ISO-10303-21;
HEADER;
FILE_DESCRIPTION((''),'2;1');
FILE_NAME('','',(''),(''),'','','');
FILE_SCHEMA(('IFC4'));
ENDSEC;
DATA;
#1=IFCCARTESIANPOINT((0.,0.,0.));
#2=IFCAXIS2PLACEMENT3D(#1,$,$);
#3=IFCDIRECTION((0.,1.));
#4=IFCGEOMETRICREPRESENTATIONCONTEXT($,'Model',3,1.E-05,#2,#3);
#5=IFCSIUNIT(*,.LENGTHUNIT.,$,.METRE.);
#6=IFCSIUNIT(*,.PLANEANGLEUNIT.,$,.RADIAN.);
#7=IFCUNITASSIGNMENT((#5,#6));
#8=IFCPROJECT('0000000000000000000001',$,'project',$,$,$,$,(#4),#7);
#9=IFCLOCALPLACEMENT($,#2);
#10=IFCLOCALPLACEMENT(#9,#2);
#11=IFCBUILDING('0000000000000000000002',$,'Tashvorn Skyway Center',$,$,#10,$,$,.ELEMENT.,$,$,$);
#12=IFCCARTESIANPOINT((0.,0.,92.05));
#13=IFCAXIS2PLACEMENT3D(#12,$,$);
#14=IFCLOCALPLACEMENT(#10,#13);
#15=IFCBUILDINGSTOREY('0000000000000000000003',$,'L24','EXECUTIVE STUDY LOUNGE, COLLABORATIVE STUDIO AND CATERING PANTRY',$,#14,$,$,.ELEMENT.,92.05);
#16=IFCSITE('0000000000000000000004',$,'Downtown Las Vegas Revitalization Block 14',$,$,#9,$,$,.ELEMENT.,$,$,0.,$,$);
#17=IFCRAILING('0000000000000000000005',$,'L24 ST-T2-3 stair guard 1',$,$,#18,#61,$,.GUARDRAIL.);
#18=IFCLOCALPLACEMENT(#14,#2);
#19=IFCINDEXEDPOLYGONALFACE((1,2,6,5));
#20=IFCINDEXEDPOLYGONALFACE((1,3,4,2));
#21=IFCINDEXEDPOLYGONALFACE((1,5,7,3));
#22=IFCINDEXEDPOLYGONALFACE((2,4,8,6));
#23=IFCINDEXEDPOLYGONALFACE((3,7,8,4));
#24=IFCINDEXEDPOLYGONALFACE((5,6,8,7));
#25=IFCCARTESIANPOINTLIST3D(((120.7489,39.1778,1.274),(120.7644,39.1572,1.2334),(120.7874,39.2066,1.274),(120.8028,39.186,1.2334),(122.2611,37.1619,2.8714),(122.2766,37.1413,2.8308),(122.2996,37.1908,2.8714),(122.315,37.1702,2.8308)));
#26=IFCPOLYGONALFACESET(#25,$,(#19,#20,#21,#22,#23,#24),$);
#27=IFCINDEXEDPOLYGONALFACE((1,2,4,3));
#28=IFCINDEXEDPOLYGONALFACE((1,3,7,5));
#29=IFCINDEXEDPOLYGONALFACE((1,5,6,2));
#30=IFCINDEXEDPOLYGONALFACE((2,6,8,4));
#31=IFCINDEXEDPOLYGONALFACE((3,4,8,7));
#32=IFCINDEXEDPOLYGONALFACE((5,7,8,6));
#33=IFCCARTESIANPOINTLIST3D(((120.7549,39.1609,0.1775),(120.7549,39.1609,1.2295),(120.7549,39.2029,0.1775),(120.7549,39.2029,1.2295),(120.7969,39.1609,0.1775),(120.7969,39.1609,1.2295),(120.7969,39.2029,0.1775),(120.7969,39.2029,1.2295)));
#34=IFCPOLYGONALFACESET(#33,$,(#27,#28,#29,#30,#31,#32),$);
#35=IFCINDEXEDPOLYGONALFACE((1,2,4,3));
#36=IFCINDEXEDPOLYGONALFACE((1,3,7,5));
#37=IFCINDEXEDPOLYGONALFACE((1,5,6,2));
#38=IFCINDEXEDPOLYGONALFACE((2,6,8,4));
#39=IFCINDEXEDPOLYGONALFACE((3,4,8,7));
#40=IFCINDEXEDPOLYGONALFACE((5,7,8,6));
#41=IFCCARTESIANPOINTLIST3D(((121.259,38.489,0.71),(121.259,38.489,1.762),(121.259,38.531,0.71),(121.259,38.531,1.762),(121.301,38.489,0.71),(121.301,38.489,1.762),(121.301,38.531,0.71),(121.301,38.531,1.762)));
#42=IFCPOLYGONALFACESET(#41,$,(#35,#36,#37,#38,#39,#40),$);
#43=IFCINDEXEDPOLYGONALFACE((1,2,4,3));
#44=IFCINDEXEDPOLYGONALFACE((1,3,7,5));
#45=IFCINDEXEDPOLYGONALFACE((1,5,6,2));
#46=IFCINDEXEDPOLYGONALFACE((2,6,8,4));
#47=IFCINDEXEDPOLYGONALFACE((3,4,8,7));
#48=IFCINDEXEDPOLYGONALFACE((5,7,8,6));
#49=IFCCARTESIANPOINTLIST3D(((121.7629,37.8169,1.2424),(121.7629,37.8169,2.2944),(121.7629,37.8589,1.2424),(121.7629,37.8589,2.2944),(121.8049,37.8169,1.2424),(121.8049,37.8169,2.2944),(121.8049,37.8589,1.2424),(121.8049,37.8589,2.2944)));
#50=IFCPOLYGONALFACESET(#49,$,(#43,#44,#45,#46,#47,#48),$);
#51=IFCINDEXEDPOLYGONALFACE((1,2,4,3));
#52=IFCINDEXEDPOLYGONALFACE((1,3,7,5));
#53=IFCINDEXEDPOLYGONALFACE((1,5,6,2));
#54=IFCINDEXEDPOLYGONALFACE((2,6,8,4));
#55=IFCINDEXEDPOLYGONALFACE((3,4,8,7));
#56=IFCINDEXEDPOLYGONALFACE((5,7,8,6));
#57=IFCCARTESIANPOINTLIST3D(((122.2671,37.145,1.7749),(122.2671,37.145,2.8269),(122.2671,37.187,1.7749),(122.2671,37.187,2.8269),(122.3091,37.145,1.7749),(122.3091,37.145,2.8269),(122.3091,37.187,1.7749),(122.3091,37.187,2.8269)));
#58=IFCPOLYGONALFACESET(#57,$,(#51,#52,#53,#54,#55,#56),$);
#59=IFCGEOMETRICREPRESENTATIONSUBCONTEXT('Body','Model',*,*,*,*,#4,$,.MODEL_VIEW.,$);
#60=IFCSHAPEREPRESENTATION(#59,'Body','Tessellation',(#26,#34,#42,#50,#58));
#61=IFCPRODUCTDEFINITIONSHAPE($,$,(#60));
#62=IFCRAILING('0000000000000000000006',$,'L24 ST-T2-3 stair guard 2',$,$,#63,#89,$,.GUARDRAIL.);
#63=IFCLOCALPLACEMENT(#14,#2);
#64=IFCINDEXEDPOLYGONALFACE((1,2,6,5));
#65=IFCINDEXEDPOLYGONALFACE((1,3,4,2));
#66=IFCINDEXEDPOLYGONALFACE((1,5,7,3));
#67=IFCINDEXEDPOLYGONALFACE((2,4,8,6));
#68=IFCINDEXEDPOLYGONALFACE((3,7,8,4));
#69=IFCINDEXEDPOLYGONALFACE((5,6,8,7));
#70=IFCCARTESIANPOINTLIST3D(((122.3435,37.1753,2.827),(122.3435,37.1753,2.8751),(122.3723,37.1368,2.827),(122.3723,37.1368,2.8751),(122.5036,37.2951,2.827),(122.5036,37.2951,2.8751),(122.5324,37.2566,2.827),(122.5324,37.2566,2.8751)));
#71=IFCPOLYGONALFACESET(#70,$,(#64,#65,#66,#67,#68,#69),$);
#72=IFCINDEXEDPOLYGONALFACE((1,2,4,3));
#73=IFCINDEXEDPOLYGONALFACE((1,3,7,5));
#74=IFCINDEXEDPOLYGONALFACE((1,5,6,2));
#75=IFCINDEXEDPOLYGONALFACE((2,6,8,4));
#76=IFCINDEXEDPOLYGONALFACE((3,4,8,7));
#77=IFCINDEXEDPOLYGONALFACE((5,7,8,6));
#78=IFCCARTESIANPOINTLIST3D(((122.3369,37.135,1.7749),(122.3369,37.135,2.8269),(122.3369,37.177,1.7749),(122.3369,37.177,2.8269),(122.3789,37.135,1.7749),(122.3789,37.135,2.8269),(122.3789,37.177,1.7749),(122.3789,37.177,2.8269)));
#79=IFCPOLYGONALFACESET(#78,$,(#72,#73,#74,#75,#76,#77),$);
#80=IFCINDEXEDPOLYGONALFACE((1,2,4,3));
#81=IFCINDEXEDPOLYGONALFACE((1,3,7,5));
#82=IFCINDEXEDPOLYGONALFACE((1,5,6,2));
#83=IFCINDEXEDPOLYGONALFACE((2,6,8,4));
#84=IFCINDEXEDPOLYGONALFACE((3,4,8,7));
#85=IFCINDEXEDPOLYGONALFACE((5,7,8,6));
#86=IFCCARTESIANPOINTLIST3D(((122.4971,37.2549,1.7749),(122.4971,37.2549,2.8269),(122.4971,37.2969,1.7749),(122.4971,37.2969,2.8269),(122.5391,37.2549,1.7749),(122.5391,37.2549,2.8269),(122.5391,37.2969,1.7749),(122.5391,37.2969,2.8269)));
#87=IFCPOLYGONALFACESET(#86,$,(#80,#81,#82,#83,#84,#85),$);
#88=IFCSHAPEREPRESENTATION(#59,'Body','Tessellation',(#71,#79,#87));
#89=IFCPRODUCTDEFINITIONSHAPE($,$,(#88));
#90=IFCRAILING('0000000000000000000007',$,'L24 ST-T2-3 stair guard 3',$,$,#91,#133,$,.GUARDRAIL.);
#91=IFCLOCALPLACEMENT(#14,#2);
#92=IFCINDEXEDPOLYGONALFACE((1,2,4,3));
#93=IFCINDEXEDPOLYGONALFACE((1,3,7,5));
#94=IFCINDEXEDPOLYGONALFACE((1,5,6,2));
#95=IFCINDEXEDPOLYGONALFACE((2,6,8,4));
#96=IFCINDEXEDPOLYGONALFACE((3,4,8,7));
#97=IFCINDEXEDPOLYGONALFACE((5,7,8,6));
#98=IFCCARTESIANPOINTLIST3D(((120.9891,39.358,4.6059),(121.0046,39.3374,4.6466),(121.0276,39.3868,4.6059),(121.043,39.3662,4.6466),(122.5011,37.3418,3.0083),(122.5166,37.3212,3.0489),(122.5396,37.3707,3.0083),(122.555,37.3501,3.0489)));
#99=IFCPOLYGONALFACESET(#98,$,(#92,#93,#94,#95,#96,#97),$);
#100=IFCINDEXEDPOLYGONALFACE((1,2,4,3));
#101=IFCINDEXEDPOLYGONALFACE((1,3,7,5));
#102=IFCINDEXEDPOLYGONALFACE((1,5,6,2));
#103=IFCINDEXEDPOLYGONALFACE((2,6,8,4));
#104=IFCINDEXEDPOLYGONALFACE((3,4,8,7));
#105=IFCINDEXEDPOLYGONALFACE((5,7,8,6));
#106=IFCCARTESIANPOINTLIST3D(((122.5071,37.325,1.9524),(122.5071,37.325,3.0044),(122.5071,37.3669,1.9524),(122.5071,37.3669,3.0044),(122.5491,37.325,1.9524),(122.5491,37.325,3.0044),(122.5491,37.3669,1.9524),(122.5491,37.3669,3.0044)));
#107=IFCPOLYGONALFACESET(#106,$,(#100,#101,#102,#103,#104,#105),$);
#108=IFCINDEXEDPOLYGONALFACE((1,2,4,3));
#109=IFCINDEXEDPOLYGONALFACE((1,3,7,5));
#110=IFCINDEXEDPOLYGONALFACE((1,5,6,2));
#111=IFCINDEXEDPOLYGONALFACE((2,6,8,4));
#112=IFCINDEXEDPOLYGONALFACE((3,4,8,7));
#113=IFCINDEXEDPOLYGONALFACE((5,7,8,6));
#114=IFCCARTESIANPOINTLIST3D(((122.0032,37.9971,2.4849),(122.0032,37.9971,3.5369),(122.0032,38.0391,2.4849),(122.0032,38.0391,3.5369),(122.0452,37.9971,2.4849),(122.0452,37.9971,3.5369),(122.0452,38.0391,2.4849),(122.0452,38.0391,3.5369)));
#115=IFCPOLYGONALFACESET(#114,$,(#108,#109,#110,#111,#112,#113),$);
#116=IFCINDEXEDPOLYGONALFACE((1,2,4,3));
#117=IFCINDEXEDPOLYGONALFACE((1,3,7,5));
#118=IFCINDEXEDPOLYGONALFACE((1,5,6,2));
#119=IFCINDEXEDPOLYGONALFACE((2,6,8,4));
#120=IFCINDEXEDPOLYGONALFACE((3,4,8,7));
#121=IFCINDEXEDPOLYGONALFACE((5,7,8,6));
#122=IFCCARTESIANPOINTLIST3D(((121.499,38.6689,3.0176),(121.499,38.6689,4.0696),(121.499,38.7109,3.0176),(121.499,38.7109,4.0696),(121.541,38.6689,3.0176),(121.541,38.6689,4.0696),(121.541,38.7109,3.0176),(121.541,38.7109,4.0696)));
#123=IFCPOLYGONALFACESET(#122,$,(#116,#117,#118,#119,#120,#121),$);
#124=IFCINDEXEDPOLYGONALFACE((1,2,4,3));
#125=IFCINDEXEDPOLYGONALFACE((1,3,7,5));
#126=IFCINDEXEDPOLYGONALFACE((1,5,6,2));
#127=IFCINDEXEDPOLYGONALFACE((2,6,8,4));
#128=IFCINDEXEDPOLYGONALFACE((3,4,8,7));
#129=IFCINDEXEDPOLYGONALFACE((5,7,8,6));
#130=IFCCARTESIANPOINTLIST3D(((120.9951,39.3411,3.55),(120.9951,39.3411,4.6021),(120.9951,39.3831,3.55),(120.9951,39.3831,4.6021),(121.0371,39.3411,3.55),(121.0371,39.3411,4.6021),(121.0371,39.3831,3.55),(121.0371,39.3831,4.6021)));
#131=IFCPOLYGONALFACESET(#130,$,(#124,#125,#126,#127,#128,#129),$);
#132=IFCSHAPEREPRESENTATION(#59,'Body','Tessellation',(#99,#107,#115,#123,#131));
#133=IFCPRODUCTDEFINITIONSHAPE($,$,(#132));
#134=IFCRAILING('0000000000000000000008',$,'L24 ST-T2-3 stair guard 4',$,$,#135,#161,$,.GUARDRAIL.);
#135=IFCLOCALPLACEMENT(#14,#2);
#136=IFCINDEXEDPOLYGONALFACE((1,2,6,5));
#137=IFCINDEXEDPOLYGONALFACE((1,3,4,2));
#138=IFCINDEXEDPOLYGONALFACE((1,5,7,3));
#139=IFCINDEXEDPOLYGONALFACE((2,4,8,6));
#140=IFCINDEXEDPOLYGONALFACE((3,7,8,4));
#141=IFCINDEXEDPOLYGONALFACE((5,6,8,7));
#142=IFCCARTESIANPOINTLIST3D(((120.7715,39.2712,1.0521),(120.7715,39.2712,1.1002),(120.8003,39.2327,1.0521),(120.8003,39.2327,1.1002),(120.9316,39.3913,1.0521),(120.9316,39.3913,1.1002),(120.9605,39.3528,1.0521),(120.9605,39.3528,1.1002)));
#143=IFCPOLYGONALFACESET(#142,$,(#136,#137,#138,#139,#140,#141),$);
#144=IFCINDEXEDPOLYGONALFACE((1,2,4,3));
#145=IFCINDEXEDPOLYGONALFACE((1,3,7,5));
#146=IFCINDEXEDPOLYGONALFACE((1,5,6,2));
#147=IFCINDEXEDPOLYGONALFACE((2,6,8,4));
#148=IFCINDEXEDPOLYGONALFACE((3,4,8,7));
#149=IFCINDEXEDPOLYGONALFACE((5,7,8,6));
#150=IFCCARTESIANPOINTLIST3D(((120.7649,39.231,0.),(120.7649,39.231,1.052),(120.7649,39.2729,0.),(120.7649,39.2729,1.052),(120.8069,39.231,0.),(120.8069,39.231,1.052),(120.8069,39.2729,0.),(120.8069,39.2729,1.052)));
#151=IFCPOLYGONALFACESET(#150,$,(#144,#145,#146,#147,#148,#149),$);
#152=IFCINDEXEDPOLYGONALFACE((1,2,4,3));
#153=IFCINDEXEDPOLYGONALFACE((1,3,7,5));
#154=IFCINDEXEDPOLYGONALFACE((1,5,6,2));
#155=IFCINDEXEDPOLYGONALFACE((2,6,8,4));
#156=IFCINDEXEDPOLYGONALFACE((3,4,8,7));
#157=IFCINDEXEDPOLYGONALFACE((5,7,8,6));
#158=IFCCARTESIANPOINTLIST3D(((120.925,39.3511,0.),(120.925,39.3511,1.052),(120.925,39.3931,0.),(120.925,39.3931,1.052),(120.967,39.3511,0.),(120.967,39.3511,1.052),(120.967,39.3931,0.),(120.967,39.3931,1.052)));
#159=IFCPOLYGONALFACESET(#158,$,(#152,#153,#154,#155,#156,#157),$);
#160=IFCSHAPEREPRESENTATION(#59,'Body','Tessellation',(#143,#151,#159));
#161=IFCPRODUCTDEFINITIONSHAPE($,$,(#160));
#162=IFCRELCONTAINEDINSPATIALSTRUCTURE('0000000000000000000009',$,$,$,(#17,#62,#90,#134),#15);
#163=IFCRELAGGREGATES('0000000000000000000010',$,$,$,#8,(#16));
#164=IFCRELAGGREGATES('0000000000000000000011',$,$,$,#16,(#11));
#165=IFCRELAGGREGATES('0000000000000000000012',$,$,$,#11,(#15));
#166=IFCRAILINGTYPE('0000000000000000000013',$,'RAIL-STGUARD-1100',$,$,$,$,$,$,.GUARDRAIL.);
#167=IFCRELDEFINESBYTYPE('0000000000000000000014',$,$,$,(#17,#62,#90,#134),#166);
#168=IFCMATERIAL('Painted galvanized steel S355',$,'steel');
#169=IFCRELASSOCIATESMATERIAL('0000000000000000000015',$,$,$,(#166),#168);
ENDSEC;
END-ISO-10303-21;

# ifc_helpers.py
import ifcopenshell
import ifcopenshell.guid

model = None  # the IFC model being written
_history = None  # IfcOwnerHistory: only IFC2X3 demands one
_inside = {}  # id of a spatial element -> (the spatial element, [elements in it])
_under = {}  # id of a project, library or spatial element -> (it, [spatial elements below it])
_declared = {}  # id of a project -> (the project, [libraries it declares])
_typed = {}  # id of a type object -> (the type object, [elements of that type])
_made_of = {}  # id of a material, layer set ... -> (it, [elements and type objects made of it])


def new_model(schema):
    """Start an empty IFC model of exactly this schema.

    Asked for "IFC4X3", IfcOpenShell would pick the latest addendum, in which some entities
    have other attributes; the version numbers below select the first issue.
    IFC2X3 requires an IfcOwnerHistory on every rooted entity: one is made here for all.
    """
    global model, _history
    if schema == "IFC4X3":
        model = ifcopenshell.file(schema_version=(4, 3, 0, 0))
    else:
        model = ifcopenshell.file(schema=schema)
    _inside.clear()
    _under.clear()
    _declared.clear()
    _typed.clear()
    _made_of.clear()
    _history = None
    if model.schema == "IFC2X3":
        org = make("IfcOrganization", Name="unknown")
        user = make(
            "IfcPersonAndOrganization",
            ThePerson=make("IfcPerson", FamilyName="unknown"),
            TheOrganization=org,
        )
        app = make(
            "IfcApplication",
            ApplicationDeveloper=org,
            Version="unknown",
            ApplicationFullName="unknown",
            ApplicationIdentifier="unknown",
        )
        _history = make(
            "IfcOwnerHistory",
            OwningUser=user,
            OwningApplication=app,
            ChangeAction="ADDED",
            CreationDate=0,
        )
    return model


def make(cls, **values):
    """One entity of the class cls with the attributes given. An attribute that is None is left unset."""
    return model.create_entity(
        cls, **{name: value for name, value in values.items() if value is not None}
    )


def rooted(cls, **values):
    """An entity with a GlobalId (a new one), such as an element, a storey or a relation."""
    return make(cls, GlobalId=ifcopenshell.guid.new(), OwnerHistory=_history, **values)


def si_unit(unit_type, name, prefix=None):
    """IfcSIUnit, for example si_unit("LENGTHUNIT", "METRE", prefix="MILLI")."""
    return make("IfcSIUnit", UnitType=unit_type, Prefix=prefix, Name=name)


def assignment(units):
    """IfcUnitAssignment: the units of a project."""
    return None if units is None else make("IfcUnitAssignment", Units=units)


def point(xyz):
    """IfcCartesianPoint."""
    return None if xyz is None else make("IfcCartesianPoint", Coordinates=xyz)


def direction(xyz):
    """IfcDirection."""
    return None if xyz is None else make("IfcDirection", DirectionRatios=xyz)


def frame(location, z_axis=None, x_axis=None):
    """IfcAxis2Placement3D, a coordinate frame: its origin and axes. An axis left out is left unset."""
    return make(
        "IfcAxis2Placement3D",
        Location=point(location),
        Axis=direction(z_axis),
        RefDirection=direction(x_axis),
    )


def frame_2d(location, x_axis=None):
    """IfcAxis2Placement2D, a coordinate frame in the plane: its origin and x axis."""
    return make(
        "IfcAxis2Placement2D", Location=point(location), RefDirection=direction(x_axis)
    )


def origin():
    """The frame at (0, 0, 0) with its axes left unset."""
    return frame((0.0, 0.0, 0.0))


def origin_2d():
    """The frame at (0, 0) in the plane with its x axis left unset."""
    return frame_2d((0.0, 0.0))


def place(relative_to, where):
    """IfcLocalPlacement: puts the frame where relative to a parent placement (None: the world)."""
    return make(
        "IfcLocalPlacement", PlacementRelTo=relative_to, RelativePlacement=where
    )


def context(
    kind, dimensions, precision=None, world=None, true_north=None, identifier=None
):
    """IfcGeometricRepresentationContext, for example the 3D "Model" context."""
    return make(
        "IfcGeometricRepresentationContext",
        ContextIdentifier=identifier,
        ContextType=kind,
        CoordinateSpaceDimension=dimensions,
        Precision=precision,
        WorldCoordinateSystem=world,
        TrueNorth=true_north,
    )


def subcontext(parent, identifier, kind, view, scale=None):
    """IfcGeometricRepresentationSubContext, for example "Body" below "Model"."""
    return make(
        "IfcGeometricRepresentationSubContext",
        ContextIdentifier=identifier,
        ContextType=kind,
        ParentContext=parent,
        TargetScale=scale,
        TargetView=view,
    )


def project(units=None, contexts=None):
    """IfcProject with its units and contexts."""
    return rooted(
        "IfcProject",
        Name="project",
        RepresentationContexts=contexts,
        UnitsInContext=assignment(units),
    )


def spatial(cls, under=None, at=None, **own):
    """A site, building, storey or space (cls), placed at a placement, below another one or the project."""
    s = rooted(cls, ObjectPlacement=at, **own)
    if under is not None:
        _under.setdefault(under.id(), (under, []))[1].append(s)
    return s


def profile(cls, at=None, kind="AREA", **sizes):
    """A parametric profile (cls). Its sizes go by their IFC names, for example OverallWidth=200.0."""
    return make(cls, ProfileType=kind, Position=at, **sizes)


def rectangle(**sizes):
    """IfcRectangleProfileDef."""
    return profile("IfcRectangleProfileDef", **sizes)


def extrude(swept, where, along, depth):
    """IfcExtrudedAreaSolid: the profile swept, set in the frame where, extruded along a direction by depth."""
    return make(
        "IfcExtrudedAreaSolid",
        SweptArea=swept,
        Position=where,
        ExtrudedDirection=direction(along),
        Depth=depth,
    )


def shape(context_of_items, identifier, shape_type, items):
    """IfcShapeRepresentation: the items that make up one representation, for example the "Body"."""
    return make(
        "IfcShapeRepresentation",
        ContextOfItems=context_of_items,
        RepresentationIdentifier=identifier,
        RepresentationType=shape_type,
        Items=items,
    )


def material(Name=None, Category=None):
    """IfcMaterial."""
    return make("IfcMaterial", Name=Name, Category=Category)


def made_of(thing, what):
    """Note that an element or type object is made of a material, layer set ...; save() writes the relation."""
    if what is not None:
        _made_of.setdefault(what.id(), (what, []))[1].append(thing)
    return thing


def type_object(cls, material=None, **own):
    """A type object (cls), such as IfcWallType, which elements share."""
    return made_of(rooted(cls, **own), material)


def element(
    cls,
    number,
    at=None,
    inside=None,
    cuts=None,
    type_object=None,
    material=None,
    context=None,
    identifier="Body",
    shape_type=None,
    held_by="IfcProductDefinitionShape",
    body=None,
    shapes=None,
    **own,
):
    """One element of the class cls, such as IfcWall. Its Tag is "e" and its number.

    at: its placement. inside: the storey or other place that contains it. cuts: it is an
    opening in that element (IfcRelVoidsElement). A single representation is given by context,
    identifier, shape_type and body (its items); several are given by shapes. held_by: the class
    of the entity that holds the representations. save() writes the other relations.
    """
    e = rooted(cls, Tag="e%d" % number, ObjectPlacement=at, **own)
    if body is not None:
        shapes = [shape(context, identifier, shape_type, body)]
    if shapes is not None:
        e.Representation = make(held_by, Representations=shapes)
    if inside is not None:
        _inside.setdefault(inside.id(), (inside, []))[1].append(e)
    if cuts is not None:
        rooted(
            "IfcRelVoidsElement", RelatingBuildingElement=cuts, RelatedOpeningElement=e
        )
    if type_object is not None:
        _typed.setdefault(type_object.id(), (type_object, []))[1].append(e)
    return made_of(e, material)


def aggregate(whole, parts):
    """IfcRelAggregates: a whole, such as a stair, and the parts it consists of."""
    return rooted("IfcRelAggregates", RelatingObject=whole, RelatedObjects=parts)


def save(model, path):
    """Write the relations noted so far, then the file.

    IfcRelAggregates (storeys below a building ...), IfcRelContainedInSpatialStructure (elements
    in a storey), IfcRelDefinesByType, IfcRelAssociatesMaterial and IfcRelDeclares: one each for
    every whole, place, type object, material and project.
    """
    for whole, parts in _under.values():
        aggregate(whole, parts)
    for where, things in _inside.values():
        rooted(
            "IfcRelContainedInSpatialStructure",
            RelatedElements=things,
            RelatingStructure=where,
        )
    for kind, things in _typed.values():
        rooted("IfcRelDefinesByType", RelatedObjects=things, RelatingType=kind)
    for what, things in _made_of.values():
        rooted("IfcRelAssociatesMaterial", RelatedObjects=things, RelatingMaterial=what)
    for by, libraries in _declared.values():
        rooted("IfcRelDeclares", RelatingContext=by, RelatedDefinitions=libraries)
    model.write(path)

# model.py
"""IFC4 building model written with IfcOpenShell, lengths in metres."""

from ifc_helpers import new_model, si_unit, direction, frame, origin, origin_2d, place, context, subcontext, project, spatial, rectangle, extrude, material, type_object, element, save


model = new_model("IFC4")

# Units and contexts
model_context = context("Model", 3, precision=1e-05, world=origin(), true_north=direction((0.0, 1.0)))
body_context = subcontext(model_context, "Body", "Model", "MODEL_VIEW")
ifc_project = project(units=[si_unit("LENGTHUNIT", "METRE"), si_unit("PLANEANGLEUNIT", "RADIAN")], contexts=[model_context])

# Site, building, storey
site_placement = place(None, origin())
site = spatial("IfcSite", under=ifc_project, at=site_placement, Name="Downtown Las Vegas Revitalization Block 14", CompositionType="ELEMENT", RefElevation=0.0)
building_placement = place(site_placement, origin())
building = spatial("IfcBuilding", under=site, at=building_placement, Name="Tashvorn Skyway Center", CompositionType="ELEMENT")
storey_placement = place(building_placement, frame((0.0, 0.0, 92.05)))
storey = spatial("IfcBuildingStorey", under=building, at=storey_placement, Name="L24", Description="EXECUTIVE STUDY LOUNGE, COLLABORATIVE STUDIO AND CATERING PANTRY", CompositionType="ELEMENT", Elevation=92.05)

# Railings
ifc_material_1 = material(Name="Painted galvanized steel S355", Category="steel")
railing_type_1 = type_object("IfcRailingType", Name="RAIL-STGUARD-1100", PredefinedType="GUARDRAIL", material=ifc_material_1)
railing_1_placement = place(storey_placement, frame((120.7759, 39.1819, 0.1775)))
element("IfcRailing", 1, at=railing_1_placement, inside=storey, type_object=railing_type_1, Name="L24 ST-T2-3 stair guard 1", PredefinedType="GUARDRAIL", context=body_context, shape_type="SweptSolid", body=[
    extrude(rectangle(XDim=0.0481, YDim=0.0481, at=origin_2d()), frame((0.0, 0.0, 1.0762), z_axis=(0.50683, -0.675636, 0.535387), x_axis=(0.799942, 0.600078, 0.0)), (0.0, 0.0, 1.0), 2.9836),
    extrude(rectangle(XDim=0.042, YDim=0.042, at=origin_2d()), origin(), (0.0, 0.0, 1.0), 1.052),
    extrude(rectangle(XDim=0.042, YDim=0.042, at=origin_2d()), frame((0.5042, -0.6719, 0.5325)), (0.0, 0.0, 1.0), 1.052),
    extrude(rectangle(XDim=0.042, YDim=0.042, at=origin_2d()), frame((1.0081, -1.344, 1.0649)), (0.0, 0.0, 1.0), 1.052),
    extrude(rectangle(XDim=0.042, YDim=0.042, at=origin_2d()), frame((1.5122, -2.0159, 1.5974)), (0.0, 0.0, 1.0), 1.052),
])
railing_2_placement = place(storey_placement, frame((122.3579, 37.156, 1.7749)))
element("IfcRailing", 2, at=railing_2_placement, inside=storey, type_object=railing_type_1, Name="L24 ST-T2-3 stair guard 2", PredefinedType="GUARDRAIL", context=body_context, shape_type="SweptSolid", body=[
    extrude(rectangle(XDim=0.0481, YDim=0.0481, at=origin_2d()), frame((0.0, 0.0, 1.0762), z_axis=(0.800585, 0.599219, 0.0), x_axis=(-0.599219, 0.800585, 0.0)), (0.0, 0.0, 1.0), 0.2),
    extrude(rectangle(XDim=0.042, YDim=0.042, at=origin_2d()), origin(), (0.0, 0.0, 1.0), 1.052),
    extrude(rectangle(XDim=0.042, YDim=0.042, at=origin_2d()), frame((0.1602, 0.1199, 0.0)), (0.0, 0.0, 1.0), 1.052),
])
railing_3_placement = place(storey_placement, frame((122.5281, 37.3459, 1.9524)))
element("IfcRailing", 3, at=railing_3_placement, inside=storey, type_object=railing_type_1, Name="L24 ST-T2-3 stair guard 3", PredefinedType="GUARDRAIL", context=body_context, shape_type="SweptSolid", body=[
    extrude(rectangle(XDim=0.0481, YDim=0.0481, at=origin_2d()), frame((0.0, 0.0, 1.0762), z_axis=(-0.506719, 0.675679, 0.535438), x_axis=(-0.800023, -0.599969, 0.0)), (0.0, 0.0, 1.0), 2.9839),
    extrude(rectangle(XDim=0.042, YDim=0.042, at=origin_2d()), origin(), (0.0, 0.0, 1.0), 1.052),
    extrude(rectangle(XDim=0.042, YDim=0.042, at=origin_2d()), frame((-0.5039, 0.6721, 0.5325)), (0.0, 0.0, 1.0), 1.052),
    extrude(rectangle(XDim=0.042, YDim=0.042, at=origin_2d()), frame((-1.0081, 1.344, 1.0652)), (0.0, 0.0, 1.0), 1.052),
    extrude(rectangle(XDim=0.042, YDim=0.042, at=origin_2d()), frame((-1.512, 2.0161, 1.5977)), (0.0, 0.0, 1.0), 1.052),
])
railing_4_placement = place(storey_placement, frame((120.7859, 39.252, 0.0)))
element("IfcRailing", 4, at=railing_4_placement, inside=storey, type_object=railing_type_1, Name="L24 ST-T2-3 stair guard 4", PredefinedType="GUARDRAIL", context=body_context, shape_type="SweptSolid", body=[
    extrude(rectangle(XDim=0.0481, YDim=0.0481, at=origin_2d()), frame((0.0, 0.0, 1.0762), z_axis=(0.8, 0.6, 0.0), x_axis=(-0.6, 0.8, 0.0)), (0.0, 0.0, 1.0), 0.2002),
    extrude(rectangle(XDim=0.042, YDim=0.042, at=origin_2d()), origin(), (0.0, 0.0, 1.0), 1.052),
    extrude(rectangle(XDim=0.042, YDim=0.042, at=origin_2d()), frame((0.1602, 0.1201, 0.0)), (0.0, 0.0, 1.0), 1.052),
])

save(model, "model.ifc")
